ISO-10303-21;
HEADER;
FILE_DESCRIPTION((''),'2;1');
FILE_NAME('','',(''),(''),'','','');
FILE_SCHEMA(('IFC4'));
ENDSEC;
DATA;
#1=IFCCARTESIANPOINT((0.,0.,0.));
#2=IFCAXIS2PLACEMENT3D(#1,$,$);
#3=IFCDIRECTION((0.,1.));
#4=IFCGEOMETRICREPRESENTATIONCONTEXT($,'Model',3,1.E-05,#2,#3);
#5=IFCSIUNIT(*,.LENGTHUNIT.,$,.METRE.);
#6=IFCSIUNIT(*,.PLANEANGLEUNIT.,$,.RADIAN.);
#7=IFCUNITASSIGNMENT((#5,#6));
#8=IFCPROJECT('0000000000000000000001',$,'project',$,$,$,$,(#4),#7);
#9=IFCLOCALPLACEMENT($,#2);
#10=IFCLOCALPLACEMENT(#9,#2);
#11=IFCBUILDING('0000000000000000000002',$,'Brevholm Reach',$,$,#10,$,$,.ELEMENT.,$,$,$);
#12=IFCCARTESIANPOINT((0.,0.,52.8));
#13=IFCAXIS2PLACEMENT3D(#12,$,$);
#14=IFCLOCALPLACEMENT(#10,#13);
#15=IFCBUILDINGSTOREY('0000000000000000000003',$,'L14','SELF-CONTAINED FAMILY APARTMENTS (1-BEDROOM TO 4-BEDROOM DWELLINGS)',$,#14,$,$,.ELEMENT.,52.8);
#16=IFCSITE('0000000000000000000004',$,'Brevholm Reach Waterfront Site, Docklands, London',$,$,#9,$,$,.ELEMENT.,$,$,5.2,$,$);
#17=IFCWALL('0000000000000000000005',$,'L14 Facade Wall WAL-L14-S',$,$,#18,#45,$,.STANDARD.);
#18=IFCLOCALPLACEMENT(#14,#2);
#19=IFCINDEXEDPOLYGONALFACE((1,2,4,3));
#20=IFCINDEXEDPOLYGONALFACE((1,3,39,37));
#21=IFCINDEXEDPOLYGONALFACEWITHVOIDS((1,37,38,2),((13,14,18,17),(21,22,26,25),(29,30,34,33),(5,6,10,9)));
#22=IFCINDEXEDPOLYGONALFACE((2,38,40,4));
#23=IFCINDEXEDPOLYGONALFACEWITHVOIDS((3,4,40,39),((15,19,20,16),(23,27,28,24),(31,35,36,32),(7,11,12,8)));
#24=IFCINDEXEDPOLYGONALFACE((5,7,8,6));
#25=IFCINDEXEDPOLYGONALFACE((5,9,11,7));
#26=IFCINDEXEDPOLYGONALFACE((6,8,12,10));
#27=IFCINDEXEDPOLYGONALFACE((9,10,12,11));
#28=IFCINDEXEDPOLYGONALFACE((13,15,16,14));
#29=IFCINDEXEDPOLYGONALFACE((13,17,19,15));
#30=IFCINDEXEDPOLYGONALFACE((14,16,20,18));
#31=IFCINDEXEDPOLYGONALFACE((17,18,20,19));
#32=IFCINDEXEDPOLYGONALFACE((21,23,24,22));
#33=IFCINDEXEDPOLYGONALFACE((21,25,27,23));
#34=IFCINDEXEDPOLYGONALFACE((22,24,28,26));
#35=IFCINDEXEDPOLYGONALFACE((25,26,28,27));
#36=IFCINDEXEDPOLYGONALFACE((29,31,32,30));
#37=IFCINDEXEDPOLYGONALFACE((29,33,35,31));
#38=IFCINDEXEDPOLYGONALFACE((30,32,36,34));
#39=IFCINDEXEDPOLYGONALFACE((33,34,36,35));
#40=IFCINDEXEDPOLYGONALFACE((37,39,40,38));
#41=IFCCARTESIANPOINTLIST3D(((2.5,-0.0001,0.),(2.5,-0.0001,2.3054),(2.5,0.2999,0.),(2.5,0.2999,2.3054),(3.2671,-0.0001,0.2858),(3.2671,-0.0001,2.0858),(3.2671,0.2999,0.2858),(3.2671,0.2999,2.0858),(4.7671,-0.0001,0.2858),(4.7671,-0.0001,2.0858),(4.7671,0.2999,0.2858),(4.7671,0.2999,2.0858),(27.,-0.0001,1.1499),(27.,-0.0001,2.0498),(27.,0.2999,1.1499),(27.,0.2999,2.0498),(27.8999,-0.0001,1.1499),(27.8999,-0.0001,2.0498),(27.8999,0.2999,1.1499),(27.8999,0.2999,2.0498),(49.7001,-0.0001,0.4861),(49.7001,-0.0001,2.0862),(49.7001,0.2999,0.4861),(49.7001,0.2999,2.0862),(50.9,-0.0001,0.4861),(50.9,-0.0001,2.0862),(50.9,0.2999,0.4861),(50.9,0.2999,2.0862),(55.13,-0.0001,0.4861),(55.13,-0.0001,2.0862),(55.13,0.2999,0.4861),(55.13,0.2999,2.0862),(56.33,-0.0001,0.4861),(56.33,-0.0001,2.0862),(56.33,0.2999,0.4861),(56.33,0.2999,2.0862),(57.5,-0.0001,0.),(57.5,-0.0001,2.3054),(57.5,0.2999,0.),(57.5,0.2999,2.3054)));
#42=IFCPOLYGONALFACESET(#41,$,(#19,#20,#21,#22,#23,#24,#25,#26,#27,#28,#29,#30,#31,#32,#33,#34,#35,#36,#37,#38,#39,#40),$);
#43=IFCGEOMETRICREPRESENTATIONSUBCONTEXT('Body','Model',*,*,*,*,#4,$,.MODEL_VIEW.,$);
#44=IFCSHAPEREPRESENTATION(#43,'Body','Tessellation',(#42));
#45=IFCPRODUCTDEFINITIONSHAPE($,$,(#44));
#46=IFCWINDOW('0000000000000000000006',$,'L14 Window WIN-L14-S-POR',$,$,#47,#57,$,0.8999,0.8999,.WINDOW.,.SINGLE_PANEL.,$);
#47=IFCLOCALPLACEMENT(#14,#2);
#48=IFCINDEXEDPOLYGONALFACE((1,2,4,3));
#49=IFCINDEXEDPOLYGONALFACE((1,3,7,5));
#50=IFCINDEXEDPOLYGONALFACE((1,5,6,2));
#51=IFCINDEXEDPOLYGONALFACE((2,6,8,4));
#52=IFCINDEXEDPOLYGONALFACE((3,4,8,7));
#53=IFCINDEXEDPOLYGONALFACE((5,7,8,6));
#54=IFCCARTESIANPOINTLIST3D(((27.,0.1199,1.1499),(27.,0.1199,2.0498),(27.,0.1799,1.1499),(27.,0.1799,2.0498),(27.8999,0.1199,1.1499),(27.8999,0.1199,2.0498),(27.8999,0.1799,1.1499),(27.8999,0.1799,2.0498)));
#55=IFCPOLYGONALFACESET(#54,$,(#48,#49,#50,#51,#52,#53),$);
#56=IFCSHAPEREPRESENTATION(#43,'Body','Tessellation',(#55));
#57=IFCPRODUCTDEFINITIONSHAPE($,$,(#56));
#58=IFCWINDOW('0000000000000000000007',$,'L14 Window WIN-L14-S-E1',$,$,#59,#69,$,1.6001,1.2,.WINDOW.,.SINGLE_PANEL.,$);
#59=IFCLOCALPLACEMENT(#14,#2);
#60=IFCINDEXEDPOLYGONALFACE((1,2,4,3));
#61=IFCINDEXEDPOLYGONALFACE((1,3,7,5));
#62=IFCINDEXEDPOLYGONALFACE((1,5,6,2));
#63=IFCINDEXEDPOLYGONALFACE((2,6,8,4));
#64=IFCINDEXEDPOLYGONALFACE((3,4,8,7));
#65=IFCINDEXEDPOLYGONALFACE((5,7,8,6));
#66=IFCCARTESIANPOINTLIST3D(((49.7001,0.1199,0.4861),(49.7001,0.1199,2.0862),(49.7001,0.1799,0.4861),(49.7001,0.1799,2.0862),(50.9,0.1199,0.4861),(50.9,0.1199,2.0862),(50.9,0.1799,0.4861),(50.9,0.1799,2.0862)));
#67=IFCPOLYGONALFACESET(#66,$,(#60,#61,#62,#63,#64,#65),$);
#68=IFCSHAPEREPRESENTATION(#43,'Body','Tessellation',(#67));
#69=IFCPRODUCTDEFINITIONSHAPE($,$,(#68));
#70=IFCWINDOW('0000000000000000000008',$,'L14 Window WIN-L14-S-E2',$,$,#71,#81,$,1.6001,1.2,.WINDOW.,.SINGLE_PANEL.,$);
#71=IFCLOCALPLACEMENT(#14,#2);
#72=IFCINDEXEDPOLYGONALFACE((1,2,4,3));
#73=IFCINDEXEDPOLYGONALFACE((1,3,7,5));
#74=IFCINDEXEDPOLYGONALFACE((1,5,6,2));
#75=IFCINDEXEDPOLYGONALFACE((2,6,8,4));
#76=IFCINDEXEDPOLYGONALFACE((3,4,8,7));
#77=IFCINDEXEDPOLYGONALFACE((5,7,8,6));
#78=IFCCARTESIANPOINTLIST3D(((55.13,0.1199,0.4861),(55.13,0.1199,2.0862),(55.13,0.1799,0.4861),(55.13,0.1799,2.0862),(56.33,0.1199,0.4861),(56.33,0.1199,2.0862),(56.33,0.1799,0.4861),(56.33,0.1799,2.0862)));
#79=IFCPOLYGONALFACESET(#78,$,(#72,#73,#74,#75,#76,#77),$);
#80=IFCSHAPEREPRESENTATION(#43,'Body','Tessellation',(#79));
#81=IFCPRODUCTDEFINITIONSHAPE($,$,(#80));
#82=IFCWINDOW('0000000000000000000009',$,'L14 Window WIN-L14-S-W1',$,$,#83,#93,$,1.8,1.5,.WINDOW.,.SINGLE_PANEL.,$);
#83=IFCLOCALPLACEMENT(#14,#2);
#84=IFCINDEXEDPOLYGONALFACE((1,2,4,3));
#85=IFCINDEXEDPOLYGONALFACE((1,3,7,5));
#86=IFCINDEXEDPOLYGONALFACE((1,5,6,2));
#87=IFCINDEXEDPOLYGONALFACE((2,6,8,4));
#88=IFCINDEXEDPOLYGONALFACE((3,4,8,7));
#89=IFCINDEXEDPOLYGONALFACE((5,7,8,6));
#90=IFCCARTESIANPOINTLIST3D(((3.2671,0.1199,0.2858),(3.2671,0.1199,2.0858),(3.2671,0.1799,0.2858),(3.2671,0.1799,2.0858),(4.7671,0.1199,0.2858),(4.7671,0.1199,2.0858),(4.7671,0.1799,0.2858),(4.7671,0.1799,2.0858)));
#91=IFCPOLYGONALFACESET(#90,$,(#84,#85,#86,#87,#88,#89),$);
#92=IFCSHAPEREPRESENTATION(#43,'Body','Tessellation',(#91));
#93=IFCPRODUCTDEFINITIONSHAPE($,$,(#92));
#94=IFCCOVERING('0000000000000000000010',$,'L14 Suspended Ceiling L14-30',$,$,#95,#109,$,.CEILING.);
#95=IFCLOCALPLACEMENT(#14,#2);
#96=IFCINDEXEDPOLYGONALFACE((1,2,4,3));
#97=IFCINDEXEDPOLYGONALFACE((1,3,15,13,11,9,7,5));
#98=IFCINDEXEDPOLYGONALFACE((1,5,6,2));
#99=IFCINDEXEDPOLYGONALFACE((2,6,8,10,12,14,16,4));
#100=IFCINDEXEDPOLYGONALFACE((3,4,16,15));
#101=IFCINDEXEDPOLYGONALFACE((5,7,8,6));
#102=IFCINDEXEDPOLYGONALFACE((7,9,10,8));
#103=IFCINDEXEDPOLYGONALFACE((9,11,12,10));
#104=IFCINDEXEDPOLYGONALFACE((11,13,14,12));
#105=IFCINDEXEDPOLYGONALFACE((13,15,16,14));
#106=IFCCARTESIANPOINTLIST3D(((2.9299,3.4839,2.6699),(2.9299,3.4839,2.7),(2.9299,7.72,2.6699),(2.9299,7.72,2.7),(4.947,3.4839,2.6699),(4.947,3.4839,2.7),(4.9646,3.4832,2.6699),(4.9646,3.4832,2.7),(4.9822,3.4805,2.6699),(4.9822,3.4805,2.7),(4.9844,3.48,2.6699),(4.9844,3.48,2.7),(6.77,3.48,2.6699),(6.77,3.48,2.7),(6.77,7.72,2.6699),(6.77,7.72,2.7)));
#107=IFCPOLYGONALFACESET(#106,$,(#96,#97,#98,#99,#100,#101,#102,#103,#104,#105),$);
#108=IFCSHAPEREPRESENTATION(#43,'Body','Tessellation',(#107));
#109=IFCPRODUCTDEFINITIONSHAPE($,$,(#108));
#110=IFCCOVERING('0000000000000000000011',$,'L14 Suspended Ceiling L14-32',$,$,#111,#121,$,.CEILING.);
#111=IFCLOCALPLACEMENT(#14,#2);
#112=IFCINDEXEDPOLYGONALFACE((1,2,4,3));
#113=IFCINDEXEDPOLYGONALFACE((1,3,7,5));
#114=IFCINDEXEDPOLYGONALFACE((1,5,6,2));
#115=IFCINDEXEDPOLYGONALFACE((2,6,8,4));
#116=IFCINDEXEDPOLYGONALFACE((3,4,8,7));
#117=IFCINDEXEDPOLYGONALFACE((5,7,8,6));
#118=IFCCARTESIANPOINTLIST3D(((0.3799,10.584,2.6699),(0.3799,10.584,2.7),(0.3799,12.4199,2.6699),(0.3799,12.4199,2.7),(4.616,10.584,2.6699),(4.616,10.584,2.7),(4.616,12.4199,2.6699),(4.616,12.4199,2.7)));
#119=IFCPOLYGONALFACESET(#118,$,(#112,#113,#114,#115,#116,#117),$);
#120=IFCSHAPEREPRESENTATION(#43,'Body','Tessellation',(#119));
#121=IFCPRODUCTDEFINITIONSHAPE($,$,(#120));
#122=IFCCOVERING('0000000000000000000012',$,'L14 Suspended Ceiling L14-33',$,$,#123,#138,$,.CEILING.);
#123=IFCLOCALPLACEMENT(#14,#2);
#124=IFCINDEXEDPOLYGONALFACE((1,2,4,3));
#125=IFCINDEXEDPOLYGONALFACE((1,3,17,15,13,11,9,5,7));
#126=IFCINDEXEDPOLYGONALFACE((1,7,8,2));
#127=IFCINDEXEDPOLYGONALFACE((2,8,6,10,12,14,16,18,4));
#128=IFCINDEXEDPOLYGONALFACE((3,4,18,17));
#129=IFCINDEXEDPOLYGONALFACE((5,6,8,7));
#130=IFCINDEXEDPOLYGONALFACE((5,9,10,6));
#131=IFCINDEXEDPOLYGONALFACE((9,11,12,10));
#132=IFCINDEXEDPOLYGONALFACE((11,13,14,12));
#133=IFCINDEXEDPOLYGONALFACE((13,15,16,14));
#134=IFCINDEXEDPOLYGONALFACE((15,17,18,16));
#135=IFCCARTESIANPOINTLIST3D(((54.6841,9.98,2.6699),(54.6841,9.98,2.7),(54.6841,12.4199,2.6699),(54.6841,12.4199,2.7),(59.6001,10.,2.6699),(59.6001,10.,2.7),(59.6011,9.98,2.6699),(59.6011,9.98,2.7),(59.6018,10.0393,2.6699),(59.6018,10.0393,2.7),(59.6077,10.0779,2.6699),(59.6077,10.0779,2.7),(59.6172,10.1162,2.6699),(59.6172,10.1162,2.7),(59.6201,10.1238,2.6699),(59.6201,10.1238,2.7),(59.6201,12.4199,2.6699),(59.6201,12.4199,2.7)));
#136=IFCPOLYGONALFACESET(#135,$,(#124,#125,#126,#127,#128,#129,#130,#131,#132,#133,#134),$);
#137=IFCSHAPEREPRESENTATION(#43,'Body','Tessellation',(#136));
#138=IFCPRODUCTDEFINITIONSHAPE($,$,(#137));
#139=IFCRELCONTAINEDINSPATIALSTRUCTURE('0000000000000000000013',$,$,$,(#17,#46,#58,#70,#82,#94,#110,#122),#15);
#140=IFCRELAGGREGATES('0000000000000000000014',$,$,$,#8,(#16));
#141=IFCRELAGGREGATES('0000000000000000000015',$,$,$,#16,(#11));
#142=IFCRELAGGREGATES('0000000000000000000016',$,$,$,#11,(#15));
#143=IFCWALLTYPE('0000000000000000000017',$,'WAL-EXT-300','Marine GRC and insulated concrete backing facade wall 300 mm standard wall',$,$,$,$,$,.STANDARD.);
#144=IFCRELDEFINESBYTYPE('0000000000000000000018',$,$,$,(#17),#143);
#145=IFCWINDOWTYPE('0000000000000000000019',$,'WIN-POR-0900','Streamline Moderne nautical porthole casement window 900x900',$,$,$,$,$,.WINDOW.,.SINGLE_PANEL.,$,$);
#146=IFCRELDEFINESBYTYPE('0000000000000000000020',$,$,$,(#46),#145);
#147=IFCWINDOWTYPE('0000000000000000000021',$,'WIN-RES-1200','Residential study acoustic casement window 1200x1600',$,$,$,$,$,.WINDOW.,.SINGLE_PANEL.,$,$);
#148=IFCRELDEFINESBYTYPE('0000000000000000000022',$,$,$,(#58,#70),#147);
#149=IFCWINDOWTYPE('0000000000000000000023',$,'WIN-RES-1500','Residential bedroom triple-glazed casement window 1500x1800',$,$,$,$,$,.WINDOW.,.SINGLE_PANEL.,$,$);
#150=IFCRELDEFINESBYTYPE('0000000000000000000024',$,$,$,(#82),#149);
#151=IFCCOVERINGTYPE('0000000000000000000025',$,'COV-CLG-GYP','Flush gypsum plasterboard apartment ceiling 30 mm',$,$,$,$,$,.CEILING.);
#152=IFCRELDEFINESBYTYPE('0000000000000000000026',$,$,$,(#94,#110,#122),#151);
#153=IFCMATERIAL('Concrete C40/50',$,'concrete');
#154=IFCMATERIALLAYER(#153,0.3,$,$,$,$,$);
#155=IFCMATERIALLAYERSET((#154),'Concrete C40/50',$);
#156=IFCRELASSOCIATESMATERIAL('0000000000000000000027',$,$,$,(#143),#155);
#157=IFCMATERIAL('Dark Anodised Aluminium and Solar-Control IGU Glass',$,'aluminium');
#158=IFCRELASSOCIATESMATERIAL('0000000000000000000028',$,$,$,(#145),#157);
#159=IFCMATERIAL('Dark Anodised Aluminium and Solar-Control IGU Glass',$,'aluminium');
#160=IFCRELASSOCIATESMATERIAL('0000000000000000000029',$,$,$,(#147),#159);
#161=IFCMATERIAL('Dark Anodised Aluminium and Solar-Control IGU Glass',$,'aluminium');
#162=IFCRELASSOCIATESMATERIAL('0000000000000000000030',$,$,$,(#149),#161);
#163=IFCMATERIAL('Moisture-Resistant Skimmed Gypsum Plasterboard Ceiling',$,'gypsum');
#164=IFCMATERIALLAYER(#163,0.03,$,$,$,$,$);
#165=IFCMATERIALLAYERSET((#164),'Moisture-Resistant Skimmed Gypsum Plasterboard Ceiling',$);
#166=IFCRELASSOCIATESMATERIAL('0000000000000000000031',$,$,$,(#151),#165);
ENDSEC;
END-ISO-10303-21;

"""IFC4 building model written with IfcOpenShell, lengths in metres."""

from ifc_helpers import new_model, si_unit, direction, frame, frame_2d, origin, place, context, subcontext, project, spatial, polyline, rectangle, outline, extrude, material, layer, layer_set, type_object, element, fill, save


model = new_model("IFC4")

# Units and contexts
model_context = context("Model", 3, precision=1e-05, world=origin(), true_north=direction((0.0, 1.0)))
body_context = subcontext(model_context, "Body", "Model", "MODEL_VIEW")
ifc_project = project(units=[si_unit("LENGTHUNIT", "METRE"), si_unit("PLANEANGLEUNIT", "RADIAN")], contexts=[model_context])

# Site, building, storey
site_placement = place(None, origin())
site = spatial("IfcSite", under=ifc_project, at=site_placement, Name="Brevholm Reach Waterfront Site, Docklands, London", CompositionType="ELEMENT", RefElevation=5.2)
building_placement = place(site_placement, origin())
building = spatial("IfcBuilding", under=site, at=building_placement, Name="Brevholm Reach", CompositionType="ELEMENT")
storey_placement = place(building_placement, frame((0.0, 0.0, 52.8)))
storey = spatial("IfcBuildingStorey", under=building, at=storey_placement, Name="L14", Description="SELF-CONTAINED FAMILY APARTMENTS (1-BEDROOM TO 4-BEDROOM DWELLINGS)", CompositionType="ELEMENT", Elevation=52.8)

# Shared definitions
ifc_material_1 = material(Name="Concrete C40/50", Category="concrete")
ifc_layer_1 = layer(ifc_material_1, 0.3)
ifc_layer_set_1 = layer_set([ifc_layer_1], Name="Concrete C40/50")
wall_type = type_object("IfcWallType", Name="WAL-EXT-300", Description="Marine GRC and insulated concrete backing facade wall 300 mm standard wall", PredefinedType="STANDARD", material=ifc_layer_set_1)

# Wall, openings, windows
wall_1_placement = place(storey_placement, frame((2.5, 0.1499, 0.0), z_axis=(0.0, 0.0, 1.0), x_axis=(1.0, 0.0, 0.0)))
wall_1 = element("IfcWall", 1, at=wall_1_placement, inside=storey, type_object=wall_type, Name="L14 Facade Wall WAL-L14-S", PredefinedType="STANDARD", context=body_context, shape_type="SweptSolid", body=[
    extrude(rectangle(XDim=55.0, YDim=0.3, at=frame_2d((27.5, 0.0))), origin(), (0.0, 0.0, 1.0), 2.3054),
])
opening_1_placement = place(wall_1_placement, frame((0.7671, 0.0, 0.2859)))
opening_1 = element("IfcOpeningElement", 2, at=opening_1_placement, cuts=wall_1, PredefinedType="OPENING", context=body_context, shape_type="SweptSolid", body=[
    extrude(rectangle(XDim=1.5, YDim=1.8, at=frame_2d((0.75, 0.8999))), frame((0.0, 0.1599, 0.0), z_axis=(0.0, -1.0, 0.0), x_axis=(1.0, 0.0, 0.0)), (0.0, 0.0, 1.0), 0.3201),
])
opening_2_placement = place(wall_1_placement, frame((24.5, 0.0, 1.1499)))
opening_2 = element("IfcOpeningElement", 3, at=opening_2_placement, cuts=wall_1, PredefinedType="OPENING", context=body_context, shape_type="SweptSolid", body=[
    extrude(rectangle(XDim=0.8999, YDim=0.8999, at=frame_2d((0.45, 0.45))), frame((0.0, 0.1599, 0.0), z_axis=(0.0, -1.0, 0.0), x_axis=(1.0, 0.0, 0.0)), (0.0, 0.0, 1.0), 0.3201),
])
opening_3_placement = place(wall_1_placement, frame((47.2, 0.0, 0.4861)))
opening_3 = element("IfcOpeningElement", 4, at=opening_3_placement, cuts=wall_1, PredefinedType="OPENING", context=body_context, shape_type="SweptSolid", body=[
    extrude(rectangle(XDim=1.2, YDim=1.6001, at=frame_2d((0.6001, 0.8))), frame((0.0, 0.1599, 0.0), z_axis=(0.0, -1.0, 0.0), x_axis=(1.0, 0.0, 0.0)), (0.0, 0.0, 1.0), 0.3201),
])
opening_4_placement = place(wall_1_placement, frame((52.6299, 0.0, 0.4861)))
opening_4 = element("IfcOpeningElement", 5, at=opening_4_placement, cuts=wall_1, PredefinedType="OPENING", context=body_context, shape_type="SweptSolid", body=[
    extrude(rectangle(XDim=1.2, YDim=1.6001, at=frame_2d((0.6001, 0.8))), frame((0.0, 0.1599, 0.0), z_axis=(0.0, -1.0, 0.0), x_axis=(1.0, 0.0, 0.0)), (0.0, 0.0, 1.0), 0.3201),
])
ifc_material_2 = material(Name="Dark Anodised Aluminium and Solar-Control IGU Glass", Category="aluminium")
window_type_1 = type_object("IfcWindowType", Name="WIN-POR-0900", Description="Streamline Moderne nautical porthole casement window 900x900", PartitioningType="SINGLE_PANEL", PredefinedType="WINDOW", material=ifc_material_2)
window_1_placement = place(opening_2_placement, origin())
window_1 = element("IfcWindow", 6, at=window_1_placement, inside=storey, type_object=window_type_1, Name="L14 Window WIN-L14-S-POR", OverallHeight=0.8999, OverallWidth=0.8999, PartitioningType="SINGLE_PANEL", PredefinedType="WINDOW", context=body_context, shape_type="SweptSolid", body=[
    extrude(rectangle(XDim=0.8999, YDim=0.8999, at=frame_2d((0.45, 0.45))), frame((0.0, 0.03, 0.0), z_axis=(0.0, -1.0, 0.0), x_axis=(1.0, 0.0, 0.0)), (0.0, 0.0, 1.0), 0.0601),
])
fill(opening_2, window_1)
ifc_material_3 = material(Name="Dark Anodised Aluminium and Solar-Control IGU Glass", Category="aluminium")
window_type_2 = type_object("IfcWindowType", Name="WIN-RES-1200", Description="Residential study acoustic casement window 1200x1600", PartitioningType="SINGLE_PANEL", PredefinedType="WINDOW", material=ifc_material_3)
window_2_placement = place(opening_3_placement, origin())
window_2 = element("IfcWindow", 7, at=window_2_placement, inside=storey, type_object=window_type_2, Name="L14 Window WIN-L14-S-E1", OverallHeight=1.6001, OverallWidth=1.2, PartitioningType="SINGLE_PANEL", PredefinedType="WINDOW", context=body_context, shape_type="SweptSolid", body=[
    extrude(rectangle(XDim=1.2, YDim=1.6001, at=frame_2d((0.6001, 0.8))), frame((0.0, 0.03, 0.0), z_axis=(0.0, -1.0, 0.0), x_axis=(1.0, 0.0, 0.0)), (0.0, 0.0, 1.0), 0.0601),
])
fill(opening_3, window_2)
window_3_placement = place(opening_4_placement, origin())
window_3 = element("IfcWindow", 8, at=window_3_placement, inside=storey, type_object=window_type_2, Name="L14 Window WIN-L14-S-E2", OverallHeight=1.6001, OverallWidth=1.2, PartitioningType="SINGLE_PANEL", PredefinedType="WINDOW", context=body_context, shape_type="SweptSolid", body=[
    extrude(rectangle(XDim=1.2, YDim=1.6001, at=frame_2d((0.6001, 0.8))), frame((0.0, 0.03, 0.0), z_axis=(0.0, -1.0, 0.0), x_axis=(1.0, 0.0, 0.0)), (0.0, 0.0, 1.0), 0.0601),
])
fill(opening_4, window_3)
ifc_material_4 = material(Name="Dark Anodised Aluminium and Solar-Control IGU Glass", Category="aluminium")
window_type_3 = type_object("IfcWindowType", Name="WIN-RES-1500", Description="Residential bedroom triple-glazed casement window 1500x1800", PartitioningType="SINGLE_PANEL", PredefinedType="WINDOW", material=ifc_material_4)
window_4_placement = place(opening_1_placement, origin())
window_4 = element("IfcWindow", 9, at=window_4_placement, inside=storey, type_object=window_type_3, Name="L14 Window WIN-L14-S-W1", OverallHeight=1.8, OverallWidth=1.5, PartitioningType="SINGLE_PANEL", PredefinedType="WINDOW", context=body_context, shape_type="SweptSolid", body=[
    extrude(rectangle(XDim=1.5, YDim=1.8, at=frame_2d((0.75, 0.8999))), frame((0.0, 0.03, 0.0), z_axis=(0.0, -1.0, 0.0), x_axis=(1.0, 0.0, 0.0)), (0.0, 0.0, 1.0), 0.0601),
])
fill(opening_1, window_4)

# Coverings
ifc_material_5 = material(Name="Moisture-Resistant Skimmed Gypsum Plasterboard Ceiling", Category="gypsum")
ifc_layer_2 = layer(ifc_material_5, 0.03)
ifc_layer_set_2 = layer_set([ifc_layer_2], Name="Moisture-Resistant Skimmed Gypsum Plasterboard Ceiling")
covering_type_1 = type_object("IfcCoveringType", Name="COV-CLG-GYP", Description="Flush gypsum plasterboard apartment ceiling 30 mm", PredefinedType="CEILING", material=ifc_layer_set_2)
covering_1_placement = place(storey_placement, frame((0.0, 0.0, 2.6699)))
element("IfcCovering", 10, at=covering_1_placement, inside=storey, type_object=covering_type_1, Name="L14 Suspended Ceiling L14-30", PredefinedType="CEILING", context=body_context, shape_type="SweptSolid", body=[
    extrude(outline(polyline([(2.9299, 7.72), (6.77, 7.72), (6.77, 3.48), (4.9844, 3.48), (4.9822, 3.4805), (4.9646, 3.4832), (4.947, 3.4839), (2.9299, 3.4839), (2.9299, 7.72)])), origin(), (0.0, 0.0, 1.0), 0.03),
])
covering_2_placement = place(storey_placement, frame((0.0, 0.0, 2.6699)))
element("IfcCovering", 11, at=covering_2_placement, inside=storey, type_object=covering_type_1, Name="L14 Suspended Ceiling L14-32", PredefinedType="CEILING", context=body_context, shape_type="SweptSolid", body=[
    extrude(outline(polyline([(0.3799, 12.4199), (4.616, 12.4199), (4.616, 10.584), (0.3799, 10.584), (0.3799, 12.4199)])), origin(), (0.0, 0.0, 1.0), 0.03),
])
covering_3_placement = place(storey_placement, frame((0.0, 0.0, 2.6699)))
element("IfcCovering", 12, at=covering_3_placement, inside=storey, type_object=covering_type_1, Name="L14 Suspended Ceiling L14-33", PredefinedType="CEILING", context=body_context, shape_type="SweptSolid", body=[
    extrude(outline(polyline([(59.6201, 12.4199), (59.6201, 10.1238), (59.6172, 10.1162), (59.6077, 10.0779), (59.6018, 10.0393), (59.6001, 10.0), (59.6011, 9.98), (54.6841, 9.98), (54.6841, 12.4199), (59.6201, 12.4199)])), origin(), (0.0, 0.0, 1.0), 0.03),
])

save(model, "model.ifc")
